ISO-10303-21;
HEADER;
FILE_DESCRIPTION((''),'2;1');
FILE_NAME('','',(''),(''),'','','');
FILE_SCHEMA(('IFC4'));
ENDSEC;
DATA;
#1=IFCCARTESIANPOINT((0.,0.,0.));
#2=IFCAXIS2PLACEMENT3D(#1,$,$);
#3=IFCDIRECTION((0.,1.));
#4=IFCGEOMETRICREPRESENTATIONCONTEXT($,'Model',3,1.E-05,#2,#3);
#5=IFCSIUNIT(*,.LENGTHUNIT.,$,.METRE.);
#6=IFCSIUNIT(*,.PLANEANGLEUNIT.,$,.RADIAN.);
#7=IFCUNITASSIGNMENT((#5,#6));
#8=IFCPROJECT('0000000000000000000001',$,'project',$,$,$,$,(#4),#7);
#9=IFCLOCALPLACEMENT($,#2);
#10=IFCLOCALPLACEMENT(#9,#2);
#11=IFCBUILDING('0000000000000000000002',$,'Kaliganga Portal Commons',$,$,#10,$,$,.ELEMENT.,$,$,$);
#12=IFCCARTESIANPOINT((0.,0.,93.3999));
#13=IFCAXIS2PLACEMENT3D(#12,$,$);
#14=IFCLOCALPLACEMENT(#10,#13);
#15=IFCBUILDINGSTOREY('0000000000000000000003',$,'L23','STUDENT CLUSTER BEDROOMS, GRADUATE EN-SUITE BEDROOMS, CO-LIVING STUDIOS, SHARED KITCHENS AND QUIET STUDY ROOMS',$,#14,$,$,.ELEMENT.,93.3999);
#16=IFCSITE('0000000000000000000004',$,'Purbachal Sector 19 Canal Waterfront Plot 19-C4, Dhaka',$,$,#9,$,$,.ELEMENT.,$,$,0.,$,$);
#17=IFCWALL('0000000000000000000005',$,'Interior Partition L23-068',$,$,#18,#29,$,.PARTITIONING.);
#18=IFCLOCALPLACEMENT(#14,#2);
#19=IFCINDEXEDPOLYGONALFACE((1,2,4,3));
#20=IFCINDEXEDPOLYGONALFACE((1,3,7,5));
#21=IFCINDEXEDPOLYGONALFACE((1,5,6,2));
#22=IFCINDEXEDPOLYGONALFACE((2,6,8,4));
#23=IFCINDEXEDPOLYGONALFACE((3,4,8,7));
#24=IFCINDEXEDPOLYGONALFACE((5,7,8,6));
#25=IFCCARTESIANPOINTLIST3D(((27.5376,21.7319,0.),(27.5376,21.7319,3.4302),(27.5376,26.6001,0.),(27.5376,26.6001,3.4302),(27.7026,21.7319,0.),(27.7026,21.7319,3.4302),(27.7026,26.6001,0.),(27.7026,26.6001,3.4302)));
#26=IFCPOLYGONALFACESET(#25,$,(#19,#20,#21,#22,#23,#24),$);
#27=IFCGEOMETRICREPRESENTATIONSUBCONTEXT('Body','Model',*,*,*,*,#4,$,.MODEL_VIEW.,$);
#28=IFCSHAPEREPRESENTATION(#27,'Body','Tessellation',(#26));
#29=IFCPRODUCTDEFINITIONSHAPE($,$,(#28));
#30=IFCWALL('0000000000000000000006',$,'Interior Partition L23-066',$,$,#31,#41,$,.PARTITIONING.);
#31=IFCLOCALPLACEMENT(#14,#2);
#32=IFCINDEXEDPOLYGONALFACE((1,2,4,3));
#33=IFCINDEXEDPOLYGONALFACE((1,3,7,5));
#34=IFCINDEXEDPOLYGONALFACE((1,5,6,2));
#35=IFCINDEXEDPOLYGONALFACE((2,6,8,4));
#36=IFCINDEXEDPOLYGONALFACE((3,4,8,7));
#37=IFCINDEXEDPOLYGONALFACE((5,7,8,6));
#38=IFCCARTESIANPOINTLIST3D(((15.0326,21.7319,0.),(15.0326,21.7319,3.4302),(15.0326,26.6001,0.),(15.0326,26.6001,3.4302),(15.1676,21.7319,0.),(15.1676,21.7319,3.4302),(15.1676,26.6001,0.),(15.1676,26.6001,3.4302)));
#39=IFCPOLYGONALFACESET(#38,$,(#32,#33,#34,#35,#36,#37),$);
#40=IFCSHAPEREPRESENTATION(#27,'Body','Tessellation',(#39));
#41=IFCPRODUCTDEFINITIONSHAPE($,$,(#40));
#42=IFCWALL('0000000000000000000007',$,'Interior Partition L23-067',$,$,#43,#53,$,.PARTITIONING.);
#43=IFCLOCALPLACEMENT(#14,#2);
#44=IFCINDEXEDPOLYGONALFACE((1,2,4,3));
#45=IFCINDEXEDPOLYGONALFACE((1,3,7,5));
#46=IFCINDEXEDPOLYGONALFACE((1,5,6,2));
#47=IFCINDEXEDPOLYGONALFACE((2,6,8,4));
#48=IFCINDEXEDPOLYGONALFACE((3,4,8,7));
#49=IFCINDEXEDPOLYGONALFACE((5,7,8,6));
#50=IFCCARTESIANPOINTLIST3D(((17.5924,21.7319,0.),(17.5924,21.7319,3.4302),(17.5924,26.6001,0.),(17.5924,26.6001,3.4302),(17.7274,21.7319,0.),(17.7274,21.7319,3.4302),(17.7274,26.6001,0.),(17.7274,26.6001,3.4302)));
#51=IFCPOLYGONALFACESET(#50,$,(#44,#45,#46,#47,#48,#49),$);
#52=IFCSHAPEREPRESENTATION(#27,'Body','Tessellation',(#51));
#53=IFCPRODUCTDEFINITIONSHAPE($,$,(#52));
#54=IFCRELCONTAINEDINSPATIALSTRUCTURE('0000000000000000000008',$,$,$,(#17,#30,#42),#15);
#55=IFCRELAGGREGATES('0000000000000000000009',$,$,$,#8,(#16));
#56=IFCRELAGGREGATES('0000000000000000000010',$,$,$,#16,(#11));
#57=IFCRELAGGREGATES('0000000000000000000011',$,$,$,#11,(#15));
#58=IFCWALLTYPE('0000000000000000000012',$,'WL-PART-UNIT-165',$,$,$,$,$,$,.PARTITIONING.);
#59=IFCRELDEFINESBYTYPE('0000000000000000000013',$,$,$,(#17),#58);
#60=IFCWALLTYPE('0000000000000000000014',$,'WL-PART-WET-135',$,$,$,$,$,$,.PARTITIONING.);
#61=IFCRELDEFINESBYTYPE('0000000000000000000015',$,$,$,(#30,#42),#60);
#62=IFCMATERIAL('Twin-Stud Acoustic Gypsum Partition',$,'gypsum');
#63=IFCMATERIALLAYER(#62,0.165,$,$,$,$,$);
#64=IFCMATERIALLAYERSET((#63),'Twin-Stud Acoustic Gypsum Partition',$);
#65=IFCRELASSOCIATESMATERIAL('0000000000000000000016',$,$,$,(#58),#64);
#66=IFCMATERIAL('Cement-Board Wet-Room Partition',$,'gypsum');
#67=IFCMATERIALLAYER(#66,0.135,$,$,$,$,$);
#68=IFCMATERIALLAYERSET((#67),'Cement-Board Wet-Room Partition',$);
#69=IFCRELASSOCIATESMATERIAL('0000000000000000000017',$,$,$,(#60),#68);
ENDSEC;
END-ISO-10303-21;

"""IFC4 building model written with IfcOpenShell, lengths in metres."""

from ifc_helpers import new_model, si_unit, direction, frame, frame_2d, origin, place, context, subcontext, project, spatial, rectangle, extrude, material, layer, layer_set, type_object, element, save


model = new_model("IFC4")

# Units and contexts
model_context = context("Model", 3, precision=1e-05, world=origin(), true_north=direction((0.0, 1.0)))
body_context = subcontext(model_context, "Body", "Model", "MODEL_VIEW")
ifc_project = project(units=[si_unit("LENGTHUNIT", "METRE"), si_unit("PLANEANGLEUNIT", "RADIAN")], contexts=[model_context])

# Site, building, storey
site_placement = place(None, origin())
site = spatial("IfcSite", under=ifc_project, at=site_placement, Name="Purbachal Sector 19 Canal Waterfront Plot 19-C4, Dhaka", CompositionType="ELEMENT", RefElevation=0.0)
building_placement = place(site_placement, origin())
building = spatial("IfcBuilding", under=site, at=building_placement, Name="Kaliganga Portal Commons", CompositionType="ELEMENT")
storey_placement = place(building_placement, frame((0.0, 0.0, 93.3999)))
storey = spatial("IfcBuildingStorey", under=building, at=storey_placement, Name="L23", Description="STUDENT CLUSTER BEDROOMS, GRADUATE EN-SUITE BEDROOMS, CO-LIVING STUDIOS, SHARED KITCHENS AND QUIET STUDY ROOMS", CompositionType="ELEMENT", Elevation=93.3999)

# Walls
ifc_material_1 = material(Name="Twin-Stud Acoustic Gypsum Partition", Category="gypsum")
ifc_layer_1 = layer(ifc_material_1, 0.165)
ifc_layer_set_1 = layer_set([ifc_layer_1], Name="Twin-Stud Acoustic Gypsum Partition")
wall_type_1 = type_object("IfcWallType", Name="WL-PART-UNIT-165", PredefinedType="PARTITIONING", material=ifc_layer_set_1)
wall_1_placement = place(storey_placement, frame((27.6201, 21.7319, 0.0), z_axis=(0.0, 0.0, 1.0), x_axis=(0.0, 1.0, 0.0)))
element("IfcWall", 1, at=wall_1_placement, inside=storey, type_object=wall_type_1, Name="Interior Partition L23-068", PredefinedType="PARTITIONING", context=body_context, shape_type="SweptSolid", body=[
    extrude(rectangle(XDim=4.8682, YDim=0.165, at=frame_2d((2.4341, 0.0))), origin(), (0.0, 0.0, 1.0), 3.4302),
])
ifc_material_2 = material(Name="Cement-Board Wet-Room Partition", Category="gypsum")
ifc_layer_2 = layer(ifc_material_2, 0.135)
ifc_layer_set_2 = layer_set([ifc_layer_2], Name="Cement-Board Wet-Room Partition")
wall_type_2 = type_object("IfcWallType", Name="WL-PART-WET-135", PredefinedType="PARTITIONING", material=ifc_layer_set_2)
for number, where, z_axis, x_axis, name in (
    (2, (15.1001, 21.7319, 0.0), (0.0, 0.0, 1.0), (0.0, 1.0, 0.0), "Interior Partition L23-066"),
    (3, (17.6599, 21.7319, 0.0), (0.0, 0.0, 1.0), (0.0, 1.0, 0.0), "Interior Partition L23-067"),
):
    element("IfcWall", number, at=place(storey_placement, frame(where, z_axis=z_axis, x_axis=x_axis)), inside=storey, type_object=wall_type_2, Name=name, PredefinedType="PARTITIONING", context=body_context, shape_type="SweptSolid", body=[
        extrude(rectangle(XDim=4.8682, YDim=0.135, at=frame_2d((2.4341, 0.0))), origin(), (0.0, 0.0, 1.0), 3.4302),
    ])

save(model, "model.ifc")
